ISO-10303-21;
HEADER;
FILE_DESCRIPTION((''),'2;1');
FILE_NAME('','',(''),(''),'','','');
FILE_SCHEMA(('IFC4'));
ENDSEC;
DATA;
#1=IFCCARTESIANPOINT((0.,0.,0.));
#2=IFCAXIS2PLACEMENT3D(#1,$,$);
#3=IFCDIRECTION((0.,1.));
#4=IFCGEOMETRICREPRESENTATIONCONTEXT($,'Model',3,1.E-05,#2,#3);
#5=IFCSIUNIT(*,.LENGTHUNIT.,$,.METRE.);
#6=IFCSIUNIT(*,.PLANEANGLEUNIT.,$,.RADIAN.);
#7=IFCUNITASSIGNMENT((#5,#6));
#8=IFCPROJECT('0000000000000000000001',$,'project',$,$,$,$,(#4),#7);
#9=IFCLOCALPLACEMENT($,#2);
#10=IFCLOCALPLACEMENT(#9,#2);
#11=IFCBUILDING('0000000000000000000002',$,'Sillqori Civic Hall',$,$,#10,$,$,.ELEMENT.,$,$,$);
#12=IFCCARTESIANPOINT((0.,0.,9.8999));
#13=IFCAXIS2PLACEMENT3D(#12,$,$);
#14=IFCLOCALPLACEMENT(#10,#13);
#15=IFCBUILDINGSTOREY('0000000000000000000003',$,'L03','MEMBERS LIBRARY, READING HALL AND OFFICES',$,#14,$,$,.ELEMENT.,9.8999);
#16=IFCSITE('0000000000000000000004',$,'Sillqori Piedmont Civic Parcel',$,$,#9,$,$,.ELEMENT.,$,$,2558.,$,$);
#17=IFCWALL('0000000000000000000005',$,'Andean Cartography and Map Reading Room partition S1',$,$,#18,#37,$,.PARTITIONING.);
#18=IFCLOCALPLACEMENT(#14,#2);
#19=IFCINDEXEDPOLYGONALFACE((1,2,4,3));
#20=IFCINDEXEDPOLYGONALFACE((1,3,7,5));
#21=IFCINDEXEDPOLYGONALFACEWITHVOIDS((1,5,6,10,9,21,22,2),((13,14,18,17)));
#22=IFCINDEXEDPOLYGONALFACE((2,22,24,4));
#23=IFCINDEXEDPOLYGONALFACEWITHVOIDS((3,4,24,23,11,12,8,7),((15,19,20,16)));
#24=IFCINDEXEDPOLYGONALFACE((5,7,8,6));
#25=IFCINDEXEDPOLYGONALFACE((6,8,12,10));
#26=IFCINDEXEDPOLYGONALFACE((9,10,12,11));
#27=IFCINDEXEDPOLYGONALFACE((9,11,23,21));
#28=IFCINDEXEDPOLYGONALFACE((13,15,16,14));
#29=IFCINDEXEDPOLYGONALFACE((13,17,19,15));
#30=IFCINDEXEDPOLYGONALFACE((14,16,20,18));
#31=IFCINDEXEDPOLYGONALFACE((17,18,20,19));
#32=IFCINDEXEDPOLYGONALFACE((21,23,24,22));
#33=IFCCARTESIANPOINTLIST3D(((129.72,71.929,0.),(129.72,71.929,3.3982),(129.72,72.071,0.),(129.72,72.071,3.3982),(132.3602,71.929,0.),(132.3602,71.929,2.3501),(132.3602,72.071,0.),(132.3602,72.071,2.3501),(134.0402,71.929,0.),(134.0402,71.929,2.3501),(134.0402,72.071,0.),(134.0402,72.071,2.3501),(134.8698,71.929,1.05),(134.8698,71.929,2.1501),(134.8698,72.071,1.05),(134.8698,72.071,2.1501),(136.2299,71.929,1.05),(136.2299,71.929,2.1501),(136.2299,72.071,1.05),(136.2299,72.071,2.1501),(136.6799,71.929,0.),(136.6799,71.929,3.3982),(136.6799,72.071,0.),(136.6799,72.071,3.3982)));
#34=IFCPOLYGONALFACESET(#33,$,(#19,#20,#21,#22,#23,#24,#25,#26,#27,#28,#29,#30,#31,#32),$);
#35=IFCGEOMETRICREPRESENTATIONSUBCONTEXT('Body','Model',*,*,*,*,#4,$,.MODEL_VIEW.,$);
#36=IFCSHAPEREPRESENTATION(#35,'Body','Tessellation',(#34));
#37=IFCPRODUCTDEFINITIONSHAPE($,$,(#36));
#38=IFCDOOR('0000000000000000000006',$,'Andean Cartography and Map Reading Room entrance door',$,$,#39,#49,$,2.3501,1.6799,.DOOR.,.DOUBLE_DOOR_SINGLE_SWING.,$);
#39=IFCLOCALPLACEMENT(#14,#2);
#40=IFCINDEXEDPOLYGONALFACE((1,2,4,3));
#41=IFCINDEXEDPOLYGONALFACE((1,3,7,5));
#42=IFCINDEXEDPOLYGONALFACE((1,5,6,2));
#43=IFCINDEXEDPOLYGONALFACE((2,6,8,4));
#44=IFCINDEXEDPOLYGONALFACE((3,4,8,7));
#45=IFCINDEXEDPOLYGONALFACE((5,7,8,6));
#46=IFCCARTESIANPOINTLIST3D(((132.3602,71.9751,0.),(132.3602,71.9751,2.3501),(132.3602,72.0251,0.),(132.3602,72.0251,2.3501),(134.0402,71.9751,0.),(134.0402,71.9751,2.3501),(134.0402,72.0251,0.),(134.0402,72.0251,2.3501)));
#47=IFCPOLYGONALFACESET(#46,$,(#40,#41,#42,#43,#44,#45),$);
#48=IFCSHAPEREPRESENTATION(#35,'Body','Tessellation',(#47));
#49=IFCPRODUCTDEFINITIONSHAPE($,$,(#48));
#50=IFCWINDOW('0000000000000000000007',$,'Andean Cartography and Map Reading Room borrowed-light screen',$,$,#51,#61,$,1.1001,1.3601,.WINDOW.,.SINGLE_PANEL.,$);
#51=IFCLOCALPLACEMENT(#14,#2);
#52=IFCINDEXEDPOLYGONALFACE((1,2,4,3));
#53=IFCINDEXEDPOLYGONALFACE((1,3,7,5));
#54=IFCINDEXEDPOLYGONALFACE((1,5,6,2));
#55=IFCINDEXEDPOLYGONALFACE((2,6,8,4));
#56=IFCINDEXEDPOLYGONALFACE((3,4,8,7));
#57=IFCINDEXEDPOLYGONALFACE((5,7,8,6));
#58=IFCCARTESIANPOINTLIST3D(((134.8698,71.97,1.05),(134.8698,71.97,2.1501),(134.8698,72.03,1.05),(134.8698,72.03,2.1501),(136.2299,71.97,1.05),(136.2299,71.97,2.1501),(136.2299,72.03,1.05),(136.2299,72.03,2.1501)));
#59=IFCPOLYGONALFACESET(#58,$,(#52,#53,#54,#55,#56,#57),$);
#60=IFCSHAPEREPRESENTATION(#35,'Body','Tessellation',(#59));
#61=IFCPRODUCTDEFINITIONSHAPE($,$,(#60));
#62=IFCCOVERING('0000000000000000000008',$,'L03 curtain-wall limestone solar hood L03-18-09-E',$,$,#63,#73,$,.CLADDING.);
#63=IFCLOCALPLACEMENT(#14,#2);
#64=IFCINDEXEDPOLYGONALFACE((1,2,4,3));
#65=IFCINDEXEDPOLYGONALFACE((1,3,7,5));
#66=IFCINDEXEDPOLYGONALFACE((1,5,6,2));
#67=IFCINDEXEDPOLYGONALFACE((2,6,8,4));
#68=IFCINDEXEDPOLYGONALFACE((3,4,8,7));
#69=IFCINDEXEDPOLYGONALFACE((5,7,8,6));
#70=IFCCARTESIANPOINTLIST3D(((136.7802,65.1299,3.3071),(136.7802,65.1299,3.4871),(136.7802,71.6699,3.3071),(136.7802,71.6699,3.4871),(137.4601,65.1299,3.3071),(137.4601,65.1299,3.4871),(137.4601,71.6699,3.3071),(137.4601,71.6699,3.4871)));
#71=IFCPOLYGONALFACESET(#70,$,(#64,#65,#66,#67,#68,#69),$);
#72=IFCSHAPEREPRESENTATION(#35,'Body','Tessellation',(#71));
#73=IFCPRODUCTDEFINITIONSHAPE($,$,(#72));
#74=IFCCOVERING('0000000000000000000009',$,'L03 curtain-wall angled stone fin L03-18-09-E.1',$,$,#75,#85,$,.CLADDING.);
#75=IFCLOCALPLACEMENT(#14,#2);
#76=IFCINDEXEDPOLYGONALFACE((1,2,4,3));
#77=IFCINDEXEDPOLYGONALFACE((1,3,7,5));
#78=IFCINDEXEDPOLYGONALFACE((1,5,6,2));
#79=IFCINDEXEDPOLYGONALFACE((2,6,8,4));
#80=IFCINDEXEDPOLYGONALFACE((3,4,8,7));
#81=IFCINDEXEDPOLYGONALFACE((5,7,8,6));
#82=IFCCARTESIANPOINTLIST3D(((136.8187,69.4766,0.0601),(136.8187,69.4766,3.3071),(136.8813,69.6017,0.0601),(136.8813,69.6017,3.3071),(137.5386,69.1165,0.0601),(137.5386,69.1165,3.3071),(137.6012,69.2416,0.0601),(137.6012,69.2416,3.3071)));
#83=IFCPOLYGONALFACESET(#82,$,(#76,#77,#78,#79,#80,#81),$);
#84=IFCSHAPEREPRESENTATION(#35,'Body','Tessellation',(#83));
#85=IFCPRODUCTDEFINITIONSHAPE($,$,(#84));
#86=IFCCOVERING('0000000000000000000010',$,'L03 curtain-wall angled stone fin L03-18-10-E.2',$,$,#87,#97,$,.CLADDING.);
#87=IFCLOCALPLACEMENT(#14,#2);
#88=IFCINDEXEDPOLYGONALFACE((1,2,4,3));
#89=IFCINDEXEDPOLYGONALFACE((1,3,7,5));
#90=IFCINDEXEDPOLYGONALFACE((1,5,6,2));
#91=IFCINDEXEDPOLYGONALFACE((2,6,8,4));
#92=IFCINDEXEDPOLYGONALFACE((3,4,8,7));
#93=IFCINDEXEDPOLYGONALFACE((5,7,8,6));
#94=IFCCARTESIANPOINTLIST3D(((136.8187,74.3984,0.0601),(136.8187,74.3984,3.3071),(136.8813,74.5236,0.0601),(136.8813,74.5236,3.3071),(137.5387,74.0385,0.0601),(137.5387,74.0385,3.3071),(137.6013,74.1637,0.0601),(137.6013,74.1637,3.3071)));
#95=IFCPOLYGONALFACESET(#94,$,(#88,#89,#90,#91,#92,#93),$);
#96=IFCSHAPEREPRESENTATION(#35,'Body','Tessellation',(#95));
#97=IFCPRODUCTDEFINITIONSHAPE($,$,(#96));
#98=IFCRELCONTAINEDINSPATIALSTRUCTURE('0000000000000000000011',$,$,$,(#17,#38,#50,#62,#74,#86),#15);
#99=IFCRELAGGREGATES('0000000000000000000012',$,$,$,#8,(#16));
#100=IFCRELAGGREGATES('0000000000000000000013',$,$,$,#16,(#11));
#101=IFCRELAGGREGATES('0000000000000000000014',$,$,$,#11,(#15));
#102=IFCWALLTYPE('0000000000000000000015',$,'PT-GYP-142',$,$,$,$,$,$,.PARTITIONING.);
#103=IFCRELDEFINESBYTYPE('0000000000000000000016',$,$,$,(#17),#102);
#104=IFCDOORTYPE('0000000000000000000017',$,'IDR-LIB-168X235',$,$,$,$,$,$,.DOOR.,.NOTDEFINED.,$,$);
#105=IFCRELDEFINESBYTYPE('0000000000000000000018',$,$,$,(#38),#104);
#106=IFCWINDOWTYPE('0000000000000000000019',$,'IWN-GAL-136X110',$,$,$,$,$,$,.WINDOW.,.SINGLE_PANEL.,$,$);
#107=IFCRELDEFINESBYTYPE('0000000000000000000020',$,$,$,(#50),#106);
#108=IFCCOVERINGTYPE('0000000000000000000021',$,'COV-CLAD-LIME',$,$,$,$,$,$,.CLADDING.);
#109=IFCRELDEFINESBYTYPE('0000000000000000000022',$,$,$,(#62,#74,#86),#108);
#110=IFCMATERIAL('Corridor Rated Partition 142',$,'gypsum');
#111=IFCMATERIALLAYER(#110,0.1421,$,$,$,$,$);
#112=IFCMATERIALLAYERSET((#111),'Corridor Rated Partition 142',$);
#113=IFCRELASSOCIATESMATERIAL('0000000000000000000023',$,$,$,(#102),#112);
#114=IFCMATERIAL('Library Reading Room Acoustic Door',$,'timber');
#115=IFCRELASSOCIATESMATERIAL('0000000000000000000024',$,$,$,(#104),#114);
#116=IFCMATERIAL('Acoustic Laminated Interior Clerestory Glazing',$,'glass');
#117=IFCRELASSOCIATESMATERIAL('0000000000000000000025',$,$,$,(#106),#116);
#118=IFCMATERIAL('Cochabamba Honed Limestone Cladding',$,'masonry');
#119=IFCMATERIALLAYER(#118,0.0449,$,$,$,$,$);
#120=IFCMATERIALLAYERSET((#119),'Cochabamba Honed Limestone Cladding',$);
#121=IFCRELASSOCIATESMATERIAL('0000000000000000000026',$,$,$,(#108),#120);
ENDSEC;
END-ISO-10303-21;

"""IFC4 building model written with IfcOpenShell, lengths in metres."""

from ifc_helpers import new_model, si_unit, direction, frame, frame_2d, origin, place, context, subcontext, project, spatial, rectangle, extrude, material, layer, layer_set, type_object, element, fill, save


model = new_model("IFC4")

# Units and contexts
model_context = context("Model", 3, precision=1e-05, world=origin(), true_north=direction((0.0, 1.0)))
body_context = subcontext(model_context, "Body", "Model", "MODEL_VIEW")
ifc_project = project(units=[si_unit("LENGTHUNIT", "METRE"), si_unit("PLANEANGLEUNIT", "RADIAN")], contexts=[model_context])

# Site, building, storey
site_placement = place(None, origin())
site = spatial("IfcSite", under=ifc_project, at=site_placement, Name="Sillqori Piedmont Civic Parcel", CompositionType="ELEMENT", RefElevation=2558.0)
building_placement = place(site_placement, origin())
building = spatial("IfcBuilding", under=site, at=building_placement, Name="Sillqori Civic Hall", CompositionType="ELEMENT")
storey_placement = place(building_placement, frame((0.0, 0.0, 9.8999)))
storey = spatial("IfcBuildingStorey", under=building, at=storey_placement, Name="L03", Description="MEMBERS LIBRARY, READING HALL AND OFFICES", CompositionType="ELEMENT", Elevation=9.8999)

# Wall, openings, door, window
ifc_material_1 = material(Name="Corridor Rated Partition 142", Category="gypsum")
ifc_layer_1 = layer(ifc_material_1, 0.1421)
ifc_layer_set_1 = layer_set([ifc_layer_1], Name="Corridor Rated Partition 142")
wall_type = type_object("IfcWallType", Name="PT-GYP-142", PredefinedType="PARTITIONING", material=ifc_layer_set_1)
wall_placement = place(storey_placement, frame((136.6799, 72.0, 0.0), z_axis=(0.0, 0.0, 1.0), x_axis=(-1.0, 0.0, 0.0)))
wall = element("IfcWall", 1, at=wall_placement, inside=storey, type_object=wall_type, Name="Andean Cartography and Map Reading Room partition S1", PredefinedType="PARTITIONING", context=body_context, shape_type="SweptSolid", body=[
    extrude(rectangle(XDim=6.96, YDim=0.1421, at=frame_2d((3.48, 0.0))), origin(), (0.0, 0.0, 1.0), 3.3982),
])
opening_1_placement = place(wall_placement, frame((2.6399, 0.0, 0.0)))
opening_1 = element("IfcOpeningElement", 2, at=opening_1_placement, cuts=wall, PredefinedType="OPENING", context=body_context, shape_type="SweptSolid", body=[
    extrude(rectangle(XDim=1.6799, YDim=2.3501, at=frame_2d((0.8398, 1.175))), frame((0.0, 0.0811, 0.0), z_axis=(0.0, -1.0, 0.0), x_axis=(1.0, 0.0, 0.0)), (0.0, 0.0, 1.0), 0.1621),
])
opening_2_placement = place(wall_placement, frame((0.45, 0.0, 1.05)))
opening_2 = element("IfcOpeningElement", 3, at=opening_2_placement, cuts=wall, PredefinedType="OPENING", context=body_context, shape_type="SweptSolid", body=[
    extrude(rectangle(XDim=1.3601, YDim=1.1001, at=frame_2d((0.6802, 0.55))), frame((0.0, 0.0811, 0.0), z_axis=(0.0, -1.0, 0.0), x_axis=(1.0, 0.0, 0.0)), (0.0, 0.0, 1.0), 0.1621),
])
ifc_material_2 = material(Name="Library Reading Room Acoustic Door", Category="timber")
door_type = type_object("IfcDoorType", Name="IDR-LIB-168X235", OperationType="NOTDEFINED", PredefinedType="DOOR", material=ifc_material_2)
door_placement = place(opening_1_placement, origin())
door = element("IfcDoor", 4, at=door_placement, inside=storey, type_object=door_type, Name="Andean Cartography and Map Reading Room entrance door", OperationType="DOUBLE_DOOR_SINGLE_SWING", OverallHeight=2.3501, OverallWidth=1.6799, PredefinedType="DOOR", context=body_context, shape_type="SweptSolid", body=[
    extrude(rectangle(XDim=1.6799, YDim=2.3501, at=frame_2d((0.8398, 1.175))), frame((0.0, 0.0249, 0.0), z_axis=(0.0, -1.0, 0.0), x_axis=(1.0, 0.0, 0.0)), (0.0, 0.0, 1.0), 0.05),
])
fill(opening_1, door)
ifc_material_3 = material(Name="Acoustic Laminated Interior Clerestory Glazing", Category="glass")
window_type = type_object("IfcWindowType", Name="IWN-GAL-136X110", PartitioningType="SINGLE_PANEL", PredefinedType="WINDOW", material=ifc_material_3)
window_placement = place(opening_2_placement, origin())
window = element("IfcWindow", 5, at=window_placement, inside=storey, type_object=window_type, Name="Andean Cartography and Map Reading Room borrowed-light screen", OverallHeight=1.1001, OverallWidth=1.3601, PartitioningType="SINGLE_PANEL", PredefinedType="WINDOW", context=body_context, shape_type="SweptSolid", body=[
    extrude(rectangle(XDim=1.3601, YDim=1.1001, at=frame_2d((0.6802, 0.55))), frame((0.0, 0.03, 0.0), z_axis=(0.0, -1.0, 0.0), x_axis=(1.0, 0.0, 0.0)), (0.0, 0.0, 1.0), 0.0601),
])
fill(opening_2, window)

# Coverings
ifc_material_4 = material(Name="Cochabamba Honed Limestone Cladding", Category="masonry")
ifc_layer_2 = layer(ifc_material_4, 0.0449)
ifc_layer_set_2 = layer_set([ifc_layer_2], Name="Cochabamba Honed Limestone Cladding")
covering_type = type_object("IfcCoveringType", Name="COV-CLAD-LIME", PredefinedType="CLADDING", material=ifc_layer_set_2)
covering_placement = place(storey_placement, frame((137.1201, 71.6699, 3.3071), z_axis=(0.0, 0.0, 1.0), x_axis=(0.0, -1.0, 0.0)))
element("IfcCovering", 6, at=covering_placement, inside=storey, type_object=covering_type, Name="L03 curtain-wall limestone solar hood L03-18-09-E", PredefinedType="CLADDING", context=body_context, shape_type="SweptSolid", body=[
    extrude(rectangle(XDim=6.54, YDim=0.6799, at=frame_2d((3.27, 0.0))), origin(), (0.0, 0.0, 1.0), 0.1799),
])
for number, where, z_axis, x_axis, name in (
    (7, (136.8501, 69.5391, 0.0601), (0.0, 0.0, 1.0), (0.894367, -0.447335, 0.0), "L03 curtain-wall angled stone fin L03-18-09-E.1"),
    (8, (136.8501, 74.4609, 0.0601), (0.0, 0.0, 1.0), (0.894488, -0.447092, 0.0), "L03 curtain-wall angled stone fin L03-18-10-E.2"),
):
    element("IfcCovering", number, at=place(storey_placement, frame(where, z_axis=z_axis, x_axis=x_axis)), inside=storey, type_object=covering_type, Name=name, PredefinedType="CLADDING", context=body_context, shape_type="SweptSolid", body=[
        extrude(rectangle(XDim=0.8049, YDim=0.1399, at=frame_2d((0.4023, 0.0))), origin(), (0.0, 0.0, 1.0), 3.2471),
    ])

save(model, "model.ifc")
